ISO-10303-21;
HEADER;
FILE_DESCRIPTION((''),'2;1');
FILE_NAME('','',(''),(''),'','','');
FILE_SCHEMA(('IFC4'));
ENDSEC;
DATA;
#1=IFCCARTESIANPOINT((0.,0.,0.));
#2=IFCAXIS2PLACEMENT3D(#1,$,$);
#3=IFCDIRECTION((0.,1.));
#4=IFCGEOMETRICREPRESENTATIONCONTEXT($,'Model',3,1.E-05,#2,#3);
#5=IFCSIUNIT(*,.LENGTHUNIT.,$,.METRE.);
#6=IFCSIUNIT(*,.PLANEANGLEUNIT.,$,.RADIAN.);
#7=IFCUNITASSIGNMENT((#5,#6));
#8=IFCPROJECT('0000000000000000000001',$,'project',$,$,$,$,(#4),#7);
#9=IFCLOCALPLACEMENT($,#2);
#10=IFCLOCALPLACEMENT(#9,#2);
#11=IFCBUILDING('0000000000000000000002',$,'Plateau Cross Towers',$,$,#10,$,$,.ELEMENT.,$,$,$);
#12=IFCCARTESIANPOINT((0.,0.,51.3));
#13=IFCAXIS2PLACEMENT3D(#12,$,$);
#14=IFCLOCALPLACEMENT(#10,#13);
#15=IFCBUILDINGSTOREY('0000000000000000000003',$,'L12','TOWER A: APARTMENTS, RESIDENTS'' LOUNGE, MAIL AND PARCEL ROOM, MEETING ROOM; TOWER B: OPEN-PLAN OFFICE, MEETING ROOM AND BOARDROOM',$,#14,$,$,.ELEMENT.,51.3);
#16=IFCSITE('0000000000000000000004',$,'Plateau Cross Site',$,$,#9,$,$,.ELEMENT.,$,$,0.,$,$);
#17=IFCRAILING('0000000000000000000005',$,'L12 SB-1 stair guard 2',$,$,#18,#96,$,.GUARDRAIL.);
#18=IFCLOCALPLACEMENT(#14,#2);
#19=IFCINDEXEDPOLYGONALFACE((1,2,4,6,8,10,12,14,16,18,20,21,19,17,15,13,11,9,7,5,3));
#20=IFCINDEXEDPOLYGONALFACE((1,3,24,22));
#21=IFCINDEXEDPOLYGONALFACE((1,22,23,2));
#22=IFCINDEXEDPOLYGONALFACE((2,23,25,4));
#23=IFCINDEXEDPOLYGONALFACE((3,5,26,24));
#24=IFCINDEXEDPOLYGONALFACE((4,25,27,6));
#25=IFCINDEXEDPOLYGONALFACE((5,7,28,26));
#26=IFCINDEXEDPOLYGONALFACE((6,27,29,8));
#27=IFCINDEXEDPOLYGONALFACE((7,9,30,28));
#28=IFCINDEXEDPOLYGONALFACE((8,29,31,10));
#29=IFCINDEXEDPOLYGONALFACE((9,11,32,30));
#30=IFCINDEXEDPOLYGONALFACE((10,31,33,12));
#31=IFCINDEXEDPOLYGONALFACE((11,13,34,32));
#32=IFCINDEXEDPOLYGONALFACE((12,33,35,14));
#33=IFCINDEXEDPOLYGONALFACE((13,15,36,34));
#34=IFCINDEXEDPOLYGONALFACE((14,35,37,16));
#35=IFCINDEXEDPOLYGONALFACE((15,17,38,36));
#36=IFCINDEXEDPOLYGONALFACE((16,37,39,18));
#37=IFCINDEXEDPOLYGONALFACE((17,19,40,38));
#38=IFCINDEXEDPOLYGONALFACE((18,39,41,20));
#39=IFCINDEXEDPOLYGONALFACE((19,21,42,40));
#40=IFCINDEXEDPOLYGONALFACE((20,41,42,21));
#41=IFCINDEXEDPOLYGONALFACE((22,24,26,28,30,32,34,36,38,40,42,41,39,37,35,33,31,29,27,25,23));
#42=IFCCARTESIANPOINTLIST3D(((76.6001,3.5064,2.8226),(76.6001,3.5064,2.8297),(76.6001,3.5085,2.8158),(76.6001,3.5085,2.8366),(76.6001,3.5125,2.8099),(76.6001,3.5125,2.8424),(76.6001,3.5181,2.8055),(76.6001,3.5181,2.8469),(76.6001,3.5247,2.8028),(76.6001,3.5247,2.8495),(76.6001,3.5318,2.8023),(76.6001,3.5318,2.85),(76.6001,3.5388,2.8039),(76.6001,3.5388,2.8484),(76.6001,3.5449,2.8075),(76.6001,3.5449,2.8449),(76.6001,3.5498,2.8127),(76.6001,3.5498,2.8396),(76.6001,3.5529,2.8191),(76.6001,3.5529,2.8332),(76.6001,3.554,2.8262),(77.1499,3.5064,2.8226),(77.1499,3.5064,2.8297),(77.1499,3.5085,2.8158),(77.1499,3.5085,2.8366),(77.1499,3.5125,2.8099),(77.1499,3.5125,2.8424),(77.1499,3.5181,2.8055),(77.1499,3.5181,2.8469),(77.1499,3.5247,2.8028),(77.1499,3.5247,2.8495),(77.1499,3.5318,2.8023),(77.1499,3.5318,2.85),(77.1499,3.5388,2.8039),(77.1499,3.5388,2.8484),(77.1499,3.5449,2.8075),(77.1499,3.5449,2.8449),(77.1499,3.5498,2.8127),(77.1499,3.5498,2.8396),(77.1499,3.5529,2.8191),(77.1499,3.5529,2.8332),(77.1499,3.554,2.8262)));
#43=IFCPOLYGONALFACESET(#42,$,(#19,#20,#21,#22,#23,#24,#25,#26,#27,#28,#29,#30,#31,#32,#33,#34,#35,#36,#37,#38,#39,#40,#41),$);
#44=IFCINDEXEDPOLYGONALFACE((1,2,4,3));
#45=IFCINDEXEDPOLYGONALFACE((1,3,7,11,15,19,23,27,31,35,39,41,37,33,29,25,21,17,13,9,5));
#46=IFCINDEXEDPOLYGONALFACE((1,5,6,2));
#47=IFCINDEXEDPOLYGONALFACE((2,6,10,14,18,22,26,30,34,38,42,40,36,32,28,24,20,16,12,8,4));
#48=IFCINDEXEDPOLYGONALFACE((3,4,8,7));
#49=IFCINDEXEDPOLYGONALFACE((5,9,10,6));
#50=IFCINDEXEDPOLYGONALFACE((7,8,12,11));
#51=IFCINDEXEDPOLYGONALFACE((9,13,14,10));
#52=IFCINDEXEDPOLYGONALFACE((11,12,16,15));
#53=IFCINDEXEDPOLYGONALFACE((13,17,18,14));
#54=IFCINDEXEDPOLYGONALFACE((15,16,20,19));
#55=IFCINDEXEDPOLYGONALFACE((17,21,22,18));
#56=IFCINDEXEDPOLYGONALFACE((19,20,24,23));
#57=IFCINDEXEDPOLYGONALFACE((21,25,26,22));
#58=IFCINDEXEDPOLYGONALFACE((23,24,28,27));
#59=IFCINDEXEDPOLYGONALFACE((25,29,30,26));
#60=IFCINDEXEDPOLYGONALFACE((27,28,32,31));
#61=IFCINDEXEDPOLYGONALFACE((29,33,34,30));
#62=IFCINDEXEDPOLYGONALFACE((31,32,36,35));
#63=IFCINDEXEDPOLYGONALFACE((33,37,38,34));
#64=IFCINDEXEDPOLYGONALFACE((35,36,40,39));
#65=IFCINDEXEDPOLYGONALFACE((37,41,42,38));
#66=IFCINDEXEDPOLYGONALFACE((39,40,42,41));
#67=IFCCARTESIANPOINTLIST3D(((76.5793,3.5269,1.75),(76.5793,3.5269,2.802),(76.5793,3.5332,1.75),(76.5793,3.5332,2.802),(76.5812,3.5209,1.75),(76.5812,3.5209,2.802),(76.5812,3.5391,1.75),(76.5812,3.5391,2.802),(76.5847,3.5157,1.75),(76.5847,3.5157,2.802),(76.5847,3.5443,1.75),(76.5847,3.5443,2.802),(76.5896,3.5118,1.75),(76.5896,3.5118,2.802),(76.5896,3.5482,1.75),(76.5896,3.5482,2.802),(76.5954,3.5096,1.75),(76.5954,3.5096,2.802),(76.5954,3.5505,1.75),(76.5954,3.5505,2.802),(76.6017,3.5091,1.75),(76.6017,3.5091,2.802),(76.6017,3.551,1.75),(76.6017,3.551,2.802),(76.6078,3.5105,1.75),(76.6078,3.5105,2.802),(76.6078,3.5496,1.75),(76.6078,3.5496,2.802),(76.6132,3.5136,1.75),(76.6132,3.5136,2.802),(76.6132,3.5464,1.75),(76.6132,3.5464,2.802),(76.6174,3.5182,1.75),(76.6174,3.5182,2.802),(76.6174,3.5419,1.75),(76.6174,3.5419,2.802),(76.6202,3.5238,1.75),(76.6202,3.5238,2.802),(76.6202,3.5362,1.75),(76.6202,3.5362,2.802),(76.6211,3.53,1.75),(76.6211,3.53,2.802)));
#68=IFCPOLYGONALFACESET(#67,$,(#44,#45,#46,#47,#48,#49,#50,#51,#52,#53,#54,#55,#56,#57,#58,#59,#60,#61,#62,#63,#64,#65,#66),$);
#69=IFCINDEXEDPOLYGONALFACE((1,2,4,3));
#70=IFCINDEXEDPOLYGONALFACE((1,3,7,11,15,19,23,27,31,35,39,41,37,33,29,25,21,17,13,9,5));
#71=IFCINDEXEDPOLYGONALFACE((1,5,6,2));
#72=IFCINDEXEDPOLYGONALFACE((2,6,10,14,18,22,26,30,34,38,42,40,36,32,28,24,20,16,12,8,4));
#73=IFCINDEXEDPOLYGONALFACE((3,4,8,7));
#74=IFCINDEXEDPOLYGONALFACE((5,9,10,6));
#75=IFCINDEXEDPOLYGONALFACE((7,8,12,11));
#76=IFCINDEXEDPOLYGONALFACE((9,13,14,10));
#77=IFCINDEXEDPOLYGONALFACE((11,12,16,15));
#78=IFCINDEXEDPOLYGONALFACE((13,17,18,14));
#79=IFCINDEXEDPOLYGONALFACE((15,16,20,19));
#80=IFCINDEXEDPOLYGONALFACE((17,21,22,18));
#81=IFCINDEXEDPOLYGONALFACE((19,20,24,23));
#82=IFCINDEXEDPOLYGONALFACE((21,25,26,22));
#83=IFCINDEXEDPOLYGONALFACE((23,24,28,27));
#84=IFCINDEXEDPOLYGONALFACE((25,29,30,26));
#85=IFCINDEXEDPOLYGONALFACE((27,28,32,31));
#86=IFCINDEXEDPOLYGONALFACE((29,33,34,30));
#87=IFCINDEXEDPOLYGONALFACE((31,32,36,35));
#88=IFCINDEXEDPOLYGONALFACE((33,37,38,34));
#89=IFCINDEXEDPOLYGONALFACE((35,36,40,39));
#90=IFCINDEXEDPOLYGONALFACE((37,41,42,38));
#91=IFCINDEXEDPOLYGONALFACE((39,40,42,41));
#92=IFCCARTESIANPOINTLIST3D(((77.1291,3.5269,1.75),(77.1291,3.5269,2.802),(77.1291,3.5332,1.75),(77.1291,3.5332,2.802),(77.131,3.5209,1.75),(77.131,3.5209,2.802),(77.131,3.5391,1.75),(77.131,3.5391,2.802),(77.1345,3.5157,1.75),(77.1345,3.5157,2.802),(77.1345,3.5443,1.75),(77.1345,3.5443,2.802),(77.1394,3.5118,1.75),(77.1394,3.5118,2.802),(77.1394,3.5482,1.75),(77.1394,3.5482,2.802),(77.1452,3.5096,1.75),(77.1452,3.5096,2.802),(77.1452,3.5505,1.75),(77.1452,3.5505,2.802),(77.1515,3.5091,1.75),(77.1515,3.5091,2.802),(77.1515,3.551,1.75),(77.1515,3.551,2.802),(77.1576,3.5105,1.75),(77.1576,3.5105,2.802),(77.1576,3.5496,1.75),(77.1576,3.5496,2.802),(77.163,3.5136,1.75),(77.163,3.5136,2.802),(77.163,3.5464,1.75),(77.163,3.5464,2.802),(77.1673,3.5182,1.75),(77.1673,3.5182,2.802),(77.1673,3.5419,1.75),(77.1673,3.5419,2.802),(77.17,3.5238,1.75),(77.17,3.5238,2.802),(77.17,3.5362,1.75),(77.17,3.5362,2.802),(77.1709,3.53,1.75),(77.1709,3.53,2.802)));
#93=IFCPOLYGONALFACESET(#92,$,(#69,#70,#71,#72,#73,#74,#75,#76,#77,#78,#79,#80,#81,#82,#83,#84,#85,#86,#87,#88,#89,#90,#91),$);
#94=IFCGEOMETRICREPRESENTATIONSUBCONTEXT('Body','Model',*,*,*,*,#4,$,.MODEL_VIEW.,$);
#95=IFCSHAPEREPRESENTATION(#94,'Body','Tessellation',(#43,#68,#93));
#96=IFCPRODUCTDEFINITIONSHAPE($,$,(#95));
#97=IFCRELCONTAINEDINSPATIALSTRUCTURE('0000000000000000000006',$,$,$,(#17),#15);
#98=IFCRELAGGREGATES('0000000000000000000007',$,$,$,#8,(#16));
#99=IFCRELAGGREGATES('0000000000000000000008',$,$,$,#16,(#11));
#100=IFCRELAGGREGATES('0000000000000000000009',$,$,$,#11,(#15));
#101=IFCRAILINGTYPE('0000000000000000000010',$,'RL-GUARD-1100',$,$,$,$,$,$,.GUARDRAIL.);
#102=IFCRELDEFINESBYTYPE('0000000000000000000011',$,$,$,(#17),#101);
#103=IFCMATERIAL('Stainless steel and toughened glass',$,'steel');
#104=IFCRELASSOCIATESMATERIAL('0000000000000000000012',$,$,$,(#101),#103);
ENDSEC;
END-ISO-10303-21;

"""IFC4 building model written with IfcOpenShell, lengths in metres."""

from ifc_helpers import new_model, si_unit, direction, frame, origin, origin_2d, place, context, subcontext, project, spatial, circle, extrude, material, type_object, element, save


model = new_model("IFC4")

# Units and contexts
model_context = context("Model", 3, precision=1e-05, world=origin(), true_north=direction((0.0, 1.0)))
body_context = subcontext(model_context, "Body", "Model", "MODEL_VIEW")
ifc_project = project(units=[si_unit("LENGTHUNIT", "METRE"), si_unit("PLANEANGLEUNIT", "RADIAN")], contexts=[model_context])

# Site, building, storey
site_placement = place(None, origin())
site = spatial("IfcSite", under=ifc_project, at=site_placement, Name="Plateau Cross Site", CompositionType="ELEMENT", RefElevation=0.0)
building_placement = place(site_placement, origin())
building = spatial("IfcBuilding", under=site, at=building_placement, Name="Plateau Cross Towers", CompositionType="ELEMENT")
storey_placement = place(building_placement, frame((0.0, 0.0, 51.3)))
storey = spatial("IfcBuildingStorey", under=building, at=storey_placement, Name="L12", Description="TOWER A: APARTMENTS, RESIDENTS' LOUNGE, MAIL AND PARCEL ROOM, MEETING ROOM; TOWER B: OPEN-PLAN OFFICE, MEETING ROOM AND BOARDROOM", CompositionType="ELEMENT", Elevation=51.3)

# Railing
ifc_material_1 = material(Name="Stainless steel and toughened glass", Category="steel")
railing_type_1 = type_object("IfcRailingType", Name="RL-GUARD-1100", PredefinedType="GUARDRAIL", material=ifc_material_1)
railing_1_placement = place(storey_placement, frame((76.6001, 3.53, 1.75)))
element("IfcRailing", 1, at=railing_1_placement, inside=storey, type_object=railing_type_1, Name="L12 SB-1 stair guard 2", PredefinedType="GUARDRAIL", context=body_context, shape_type="SweptSolid", body=[
    extrude(circle(Radius=0.0239, at=origin_2d()), frame((0.0, 0.0, 1.0762), z_axis=(1.0, 0.0, 0.0), x_axis=(0.0, 1.0, 0.0)), (0.0, 0.0, 1.0), 0.5498),
    extrude(circle(Radius=0.021, at=origin_2d()), origin(), (0.0, 0.0, 1.0), 1.052),
    extrude(circle(Radius=0.021, at=origin_2d()), frame((0.5498, 0.0, 0.0)), (0.0, 0.0, 1.0), 1.052),
])

save(model, "model.ifc")
